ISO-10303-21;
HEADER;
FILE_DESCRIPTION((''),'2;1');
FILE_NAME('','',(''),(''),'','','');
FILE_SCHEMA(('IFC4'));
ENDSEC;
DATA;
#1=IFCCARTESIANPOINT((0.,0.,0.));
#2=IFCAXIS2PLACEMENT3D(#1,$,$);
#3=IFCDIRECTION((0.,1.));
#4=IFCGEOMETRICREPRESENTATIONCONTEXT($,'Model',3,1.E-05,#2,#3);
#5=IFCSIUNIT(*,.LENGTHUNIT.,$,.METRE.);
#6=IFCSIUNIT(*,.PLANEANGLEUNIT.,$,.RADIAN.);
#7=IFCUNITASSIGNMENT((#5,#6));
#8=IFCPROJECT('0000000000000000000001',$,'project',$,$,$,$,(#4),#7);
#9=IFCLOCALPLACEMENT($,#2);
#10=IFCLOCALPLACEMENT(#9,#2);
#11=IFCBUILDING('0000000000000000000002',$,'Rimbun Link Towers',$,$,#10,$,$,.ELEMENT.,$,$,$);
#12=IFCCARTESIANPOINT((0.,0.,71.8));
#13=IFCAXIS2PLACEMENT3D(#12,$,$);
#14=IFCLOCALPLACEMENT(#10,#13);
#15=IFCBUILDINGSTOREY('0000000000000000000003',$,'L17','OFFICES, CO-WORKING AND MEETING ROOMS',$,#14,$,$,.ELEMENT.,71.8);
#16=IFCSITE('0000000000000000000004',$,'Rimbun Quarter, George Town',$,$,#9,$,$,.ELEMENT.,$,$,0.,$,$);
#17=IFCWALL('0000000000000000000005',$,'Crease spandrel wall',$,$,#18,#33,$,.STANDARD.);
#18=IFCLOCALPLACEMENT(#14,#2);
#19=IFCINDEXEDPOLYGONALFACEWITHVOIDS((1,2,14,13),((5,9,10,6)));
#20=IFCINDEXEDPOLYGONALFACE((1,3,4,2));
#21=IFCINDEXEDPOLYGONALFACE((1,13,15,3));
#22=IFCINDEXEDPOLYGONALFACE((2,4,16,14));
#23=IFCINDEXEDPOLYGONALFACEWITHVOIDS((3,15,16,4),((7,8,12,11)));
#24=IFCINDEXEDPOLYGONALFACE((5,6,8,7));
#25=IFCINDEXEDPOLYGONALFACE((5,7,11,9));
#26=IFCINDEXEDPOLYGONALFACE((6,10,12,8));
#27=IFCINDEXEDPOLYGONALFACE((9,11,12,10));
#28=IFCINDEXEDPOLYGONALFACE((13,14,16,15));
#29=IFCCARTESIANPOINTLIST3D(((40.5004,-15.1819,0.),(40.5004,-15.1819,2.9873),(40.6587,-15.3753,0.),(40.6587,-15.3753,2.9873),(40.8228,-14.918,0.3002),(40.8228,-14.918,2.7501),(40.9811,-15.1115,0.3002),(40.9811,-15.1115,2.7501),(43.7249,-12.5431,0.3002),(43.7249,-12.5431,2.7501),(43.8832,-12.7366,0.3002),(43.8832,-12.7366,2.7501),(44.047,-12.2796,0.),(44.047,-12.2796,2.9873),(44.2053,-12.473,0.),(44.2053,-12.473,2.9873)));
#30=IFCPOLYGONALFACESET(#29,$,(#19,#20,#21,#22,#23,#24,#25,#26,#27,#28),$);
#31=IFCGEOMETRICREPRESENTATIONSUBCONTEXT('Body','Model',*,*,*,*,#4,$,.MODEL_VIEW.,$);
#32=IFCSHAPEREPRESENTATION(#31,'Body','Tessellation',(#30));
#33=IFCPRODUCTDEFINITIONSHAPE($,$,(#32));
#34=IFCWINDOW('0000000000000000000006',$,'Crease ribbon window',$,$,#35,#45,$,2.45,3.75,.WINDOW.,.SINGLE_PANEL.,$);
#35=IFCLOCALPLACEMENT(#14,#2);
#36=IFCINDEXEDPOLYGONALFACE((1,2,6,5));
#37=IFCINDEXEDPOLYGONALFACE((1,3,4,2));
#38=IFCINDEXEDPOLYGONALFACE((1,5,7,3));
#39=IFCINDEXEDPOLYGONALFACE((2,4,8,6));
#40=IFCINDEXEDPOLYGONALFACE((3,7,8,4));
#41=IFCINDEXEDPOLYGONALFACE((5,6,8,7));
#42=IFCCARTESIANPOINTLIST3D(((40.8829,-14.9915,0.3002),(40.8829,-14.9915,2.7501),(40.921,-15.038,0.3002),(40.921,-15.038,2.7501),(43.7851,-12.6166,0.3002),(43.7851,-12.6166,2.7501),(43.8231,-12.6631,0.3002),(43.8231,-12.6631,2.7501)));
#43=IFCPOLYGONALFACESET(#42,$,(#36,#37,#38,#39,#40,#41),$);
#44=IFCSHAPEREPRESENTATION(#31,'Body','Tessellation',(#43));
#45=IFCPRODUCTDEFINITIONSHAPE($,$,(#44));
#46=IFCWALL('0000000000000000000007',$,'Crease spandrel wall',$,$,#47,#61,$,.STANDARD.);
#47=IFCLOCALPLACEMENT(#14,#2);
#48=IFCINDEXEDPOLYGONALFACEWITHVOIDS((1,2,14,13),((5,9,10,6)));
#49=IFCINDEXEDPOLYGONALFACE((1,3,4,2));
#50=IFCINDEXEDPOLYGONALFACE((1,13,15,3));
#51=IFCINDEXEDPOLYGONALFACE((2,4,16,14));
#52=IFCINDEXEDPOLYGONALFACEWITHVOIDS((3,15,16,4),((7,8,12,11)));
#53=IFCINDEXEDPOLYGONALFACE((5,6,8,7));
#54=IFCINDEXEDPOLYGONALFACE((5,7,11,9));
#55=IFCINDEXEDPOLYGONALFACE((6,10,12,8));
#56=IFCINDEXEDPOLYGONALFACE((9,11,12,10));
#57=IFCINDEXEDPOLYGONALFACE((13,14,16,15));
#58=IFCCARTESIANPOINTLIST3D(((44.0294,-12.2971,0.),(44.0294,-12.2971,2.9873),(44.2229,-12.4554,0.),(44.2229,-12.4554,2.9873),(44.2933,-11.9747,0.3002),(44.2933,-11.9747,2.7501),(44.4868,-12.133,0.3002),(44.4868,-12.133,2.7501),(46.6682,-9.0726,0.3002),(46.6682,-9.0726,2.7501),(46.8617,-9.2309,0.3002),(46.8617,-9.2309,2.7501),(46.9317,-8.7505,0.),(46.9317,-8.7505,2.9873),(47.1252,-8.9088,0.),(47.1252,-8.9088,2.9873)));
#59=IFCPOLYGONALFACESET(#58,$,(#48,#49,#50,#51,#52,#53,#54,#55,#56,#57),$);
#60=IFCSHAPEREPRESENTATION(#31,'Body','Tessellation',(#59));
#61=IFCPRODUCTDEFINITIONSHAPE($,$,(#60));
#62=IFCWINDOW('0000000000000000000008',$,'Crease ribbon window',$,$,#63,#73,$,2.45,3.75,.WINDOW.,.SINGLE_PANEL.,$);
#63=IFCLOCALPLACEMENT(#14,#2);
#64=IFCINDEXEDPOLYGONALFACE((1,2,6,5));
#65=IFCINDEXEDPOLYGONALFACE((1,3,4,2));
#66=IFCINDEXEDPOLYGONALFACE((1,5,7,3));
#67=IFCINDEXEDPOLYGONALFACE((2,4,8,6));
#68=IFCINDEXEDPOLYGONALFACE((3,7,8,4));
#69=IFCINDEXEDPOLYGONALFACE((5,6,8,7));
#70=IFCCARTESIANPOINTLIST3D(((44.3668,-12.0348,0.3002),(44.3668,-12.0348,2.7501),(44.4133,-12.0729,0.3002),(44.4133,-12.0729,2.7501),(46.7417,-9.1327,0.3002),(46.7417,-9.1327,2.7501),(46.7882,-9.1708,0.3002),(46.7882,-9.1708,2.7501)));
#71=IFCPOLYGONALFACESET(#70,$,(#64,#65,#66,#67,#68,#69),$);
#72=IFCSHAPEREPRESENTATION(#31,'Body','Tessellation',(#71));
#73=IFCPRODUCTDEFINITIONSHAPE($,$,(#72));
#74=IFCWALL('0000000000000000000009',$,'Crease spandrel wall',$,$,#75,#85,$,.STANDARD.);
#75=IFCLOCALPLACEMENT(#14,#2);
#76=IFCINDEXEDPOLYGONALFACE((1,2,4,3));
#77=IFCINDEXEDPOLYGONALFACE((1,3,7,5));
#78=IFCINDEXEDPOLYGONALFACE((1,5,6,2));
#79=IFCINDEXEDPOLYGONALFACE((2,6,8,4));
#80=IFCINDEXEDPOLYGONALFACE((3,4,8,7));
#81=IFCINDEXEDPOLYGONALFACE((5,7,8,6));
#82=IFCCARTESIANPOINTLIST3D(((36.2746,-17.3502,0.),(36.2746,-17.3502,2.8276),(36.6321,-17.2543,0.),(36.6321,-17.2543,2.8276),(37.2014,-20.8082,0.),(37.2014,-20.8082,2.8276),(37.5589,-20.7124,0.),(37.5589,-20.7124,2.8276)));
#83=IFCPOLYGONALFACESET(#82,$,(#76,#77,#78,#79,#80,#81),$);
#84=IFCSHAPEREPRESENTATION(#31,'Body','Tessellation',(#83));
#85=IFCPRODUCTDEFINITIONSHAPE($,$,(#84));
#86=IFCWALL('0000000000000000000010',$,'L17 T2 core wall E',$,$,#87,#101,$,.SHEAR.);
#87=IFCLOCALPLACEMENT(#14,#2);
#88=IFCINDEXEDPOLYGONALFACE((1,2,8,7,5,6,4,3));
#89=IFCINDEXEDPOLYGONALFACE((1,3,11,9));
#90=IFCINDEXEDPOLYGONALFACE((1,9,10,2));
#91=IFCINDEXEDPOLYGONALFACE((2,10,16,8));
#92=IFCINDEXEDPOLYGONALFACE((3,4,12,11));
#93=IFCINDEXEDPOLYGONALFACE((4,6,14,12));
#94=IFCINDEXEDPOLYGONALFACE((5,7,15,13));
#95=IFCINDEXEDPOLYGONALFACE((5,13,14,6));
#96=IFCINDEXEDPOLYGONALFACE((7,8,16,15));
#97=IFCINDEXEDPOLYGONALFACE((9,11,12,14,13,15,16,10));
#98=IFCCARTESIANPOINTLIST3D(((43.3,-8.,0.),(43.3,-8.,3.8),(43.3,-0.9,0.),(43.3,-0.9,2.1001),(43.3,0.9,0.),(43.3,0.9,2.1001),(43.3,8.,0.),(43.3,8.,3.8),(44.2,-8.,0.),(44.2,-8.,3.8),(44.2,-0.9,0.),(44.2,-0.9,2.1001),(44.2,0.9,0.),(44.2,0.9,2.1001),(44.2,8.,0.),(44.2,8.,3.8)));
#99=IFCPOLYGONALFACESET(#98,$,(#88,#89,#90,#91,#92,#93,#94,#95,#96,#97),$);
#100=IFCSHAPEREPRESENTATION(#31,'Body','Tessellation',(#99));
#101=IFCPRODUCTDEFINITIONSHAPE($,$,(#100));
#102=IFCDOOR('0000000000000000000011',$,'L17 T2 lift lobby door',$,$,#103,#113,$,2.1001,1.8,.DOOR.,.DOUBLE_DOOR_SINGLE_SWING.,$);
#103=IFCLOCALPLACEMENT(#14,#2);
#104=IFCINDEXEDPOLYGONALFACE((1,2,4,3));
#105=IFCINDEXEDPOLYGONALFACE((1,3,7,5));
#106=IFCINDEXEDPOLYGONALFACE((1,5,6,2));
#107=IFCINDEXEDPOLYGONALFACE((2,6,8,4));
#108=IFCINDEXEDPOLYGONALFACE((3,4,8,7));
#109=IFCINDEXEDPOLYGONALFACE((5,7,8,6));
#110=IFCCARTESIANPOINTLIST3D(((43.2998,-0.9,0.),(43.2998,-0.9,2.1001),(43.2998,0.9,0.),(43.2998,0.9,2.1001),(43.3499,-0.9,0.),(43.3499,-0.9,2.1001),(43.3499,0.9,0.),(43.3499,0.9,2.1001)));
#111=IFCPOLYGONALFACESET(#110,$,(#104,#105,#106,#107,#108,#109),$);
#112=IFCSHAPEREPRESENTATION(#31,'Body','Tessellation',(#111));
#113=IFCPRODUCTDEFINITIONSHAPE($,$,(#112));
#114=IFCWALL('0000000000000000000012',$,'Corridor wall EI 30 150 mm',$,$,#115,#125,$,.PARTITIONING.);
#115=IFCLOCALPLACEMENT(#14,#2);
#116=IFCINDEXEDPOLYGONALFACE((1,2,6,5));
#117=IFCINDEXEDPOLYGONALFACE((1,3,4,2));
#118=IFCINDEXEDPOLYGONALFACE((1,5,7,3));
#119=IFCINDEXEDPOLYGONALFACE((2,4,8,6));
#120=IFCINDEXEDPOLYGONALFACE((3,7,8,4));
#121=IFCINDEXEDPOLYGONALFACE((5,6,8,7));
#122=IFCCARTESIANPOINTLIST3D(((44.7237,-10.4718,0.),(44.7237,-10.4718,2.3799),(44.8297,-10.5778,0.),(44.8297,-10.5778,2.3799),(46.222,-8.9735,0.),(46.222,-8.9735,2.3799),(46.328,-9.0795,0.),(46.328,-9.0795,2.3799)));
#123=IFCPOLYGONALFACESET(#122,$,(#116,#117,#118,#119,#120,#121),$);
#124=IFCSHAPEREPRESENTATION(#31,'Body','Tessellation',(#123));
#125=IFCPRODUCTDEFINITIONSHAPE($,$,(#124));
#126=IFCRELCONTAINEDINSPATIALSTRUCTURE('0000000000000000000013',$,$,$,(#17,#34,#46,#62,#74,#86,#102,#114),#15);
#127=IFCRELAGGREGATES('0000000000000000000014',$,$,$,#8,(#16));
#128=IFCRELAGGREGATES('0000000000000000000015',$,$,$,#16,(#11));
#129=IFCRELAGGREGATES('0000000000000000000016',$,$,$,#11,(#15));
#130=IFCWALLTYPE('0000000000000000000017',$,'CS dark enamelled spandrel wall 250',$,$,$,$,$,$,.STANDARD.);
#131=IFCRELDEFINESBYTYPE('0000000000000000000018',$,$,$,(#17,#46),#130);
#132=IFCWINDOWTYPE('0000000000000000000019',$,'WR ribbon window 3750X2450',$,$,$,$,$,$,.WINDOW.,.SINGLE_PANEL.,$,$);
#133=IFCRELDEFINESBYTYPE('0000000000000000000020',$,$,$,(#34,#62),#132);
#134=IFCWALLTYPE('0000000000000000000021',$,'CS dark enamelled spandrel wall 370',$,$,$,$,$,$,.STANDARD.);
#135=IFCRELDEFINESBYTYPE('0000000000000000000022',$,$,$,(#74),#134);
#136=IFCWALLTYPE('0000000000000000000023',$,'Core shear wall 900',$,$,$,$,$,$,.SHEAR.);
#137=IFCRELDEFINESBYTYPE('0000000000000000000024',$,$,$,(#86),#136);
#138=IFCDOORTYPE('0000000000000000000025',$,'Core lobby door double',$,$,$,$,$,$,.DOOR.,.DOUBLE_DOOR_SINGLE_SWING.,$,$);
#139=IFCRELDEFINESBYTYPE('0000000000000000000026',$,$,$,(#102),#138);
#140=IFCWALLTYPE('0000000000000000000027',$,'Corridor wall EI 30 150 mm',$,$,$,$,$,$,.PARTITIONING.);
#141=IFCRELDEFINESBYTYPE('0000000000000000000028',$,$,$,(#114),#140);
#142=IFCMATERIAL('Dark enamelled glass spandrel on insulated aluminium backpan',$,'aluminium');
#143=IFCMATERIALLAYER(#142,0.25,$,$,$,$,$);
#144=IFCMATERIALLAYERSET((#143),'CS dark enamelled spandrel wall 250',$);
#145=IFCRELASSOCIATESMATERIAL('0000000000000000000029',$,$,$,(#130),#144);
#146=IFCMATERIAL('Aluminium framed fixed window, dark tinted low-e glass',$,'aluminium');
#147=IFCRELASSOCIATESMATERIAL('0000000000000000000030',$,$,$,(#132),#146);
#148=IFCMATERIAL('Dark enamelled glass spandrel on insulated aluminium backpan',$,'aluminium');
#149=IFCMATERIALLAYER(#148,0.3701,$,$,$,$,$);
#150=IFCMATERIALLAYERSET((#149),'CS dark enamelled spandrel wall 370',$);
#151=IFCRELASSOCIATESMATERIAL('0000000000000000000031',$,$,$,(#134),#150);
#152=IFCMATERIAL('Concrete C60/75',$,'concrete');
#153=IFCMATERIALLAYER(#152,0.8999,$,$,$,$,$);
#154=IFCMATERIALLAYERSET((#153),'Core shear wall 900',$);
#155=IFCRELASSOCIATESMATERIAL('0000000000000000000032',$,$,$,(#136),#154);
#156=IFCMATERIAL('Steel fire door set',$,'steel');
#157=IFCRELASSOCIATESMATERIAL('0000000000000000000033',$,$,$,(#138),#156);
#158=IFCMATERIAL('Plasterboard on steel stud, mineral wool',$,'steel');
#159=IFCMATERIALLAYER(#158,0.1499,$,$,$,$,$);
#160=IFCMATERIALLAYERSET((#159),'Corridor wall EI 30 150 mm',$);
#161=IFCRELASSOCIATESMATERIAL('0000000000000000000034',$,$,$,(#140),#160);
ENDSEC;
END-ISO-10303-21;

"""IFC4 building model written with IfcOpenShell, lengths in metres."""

from ifc_helpers import new_model, si_unit, direction, frame, frame_2d, origin, place, context, subcontext, project, spatial, rectangle, extrude, material, layer, layer_set, type_object, element, fill, save


model = new_model("IFC4")

# Units and contexts
model_context = context("Model", 3, precision=1e-05, world=origin(), true_north=direction((0.0, 1.0)))
body_context = subcontext(model_context, "Body", "Model", "MODEL_VIEW")
ifc_project = project(units=[si_unit("LENGTHUNIT", "METRE"), si_unit("PLANEANGLEUNIT", "RADIAN")], contexts=[model_context])

# Site, building, storey
site_placement = place(None, origin())
site = spatial("IfcSite", under=ifc_project, at=site_placement, Name="Rimbun Quarter, George Town", CompositionType="ELEMENT", RefElevation=0.0)
building_placement = place(site_placement, origin())
building = spatial("IfcBuilding", under=site, at=building_placement, Name="Rimbun Link Towers", CompositionType="ELEMENT")
storey_placement = place(building_placement, frame((0.0, 0.0, 71.8)))
storey = spatial("IfcBuildingStorey", under=building, at=storey_placement, Name="L17", Description="OFFICES, CO-WORKING AND MEETING ROOMS", CompositionType="ELEMENT", Elevation=71.8)

# Walls, openings, windows
ifc_material_1 = material(Name="Dark enamelled glass spandrel on insulated aluminium backpan", Category="aluminium")
ifc_layer_1 = layer(ifc_material_1, 0.25)
ifc_layer_set_1 = layer_set([ifc_layer_1], Name="CS dark enamelled spandrel wall 250")
wall_type_1 = type_object("IfcWallType", Name="CS dark enamelled spandrel wall 250", PredefinedType="STANDARD", material=ifc_layer_set_1)
wall_1_placement = place(storey_placement, frame((44.1262, -12.3762, 0.0), z_axis=(0.0, 0.0, 1.0), x_axis=(-0.773898, -0.63331, 0.0)))
wall_1 = element("IfcWall", 1, at=wall_1_placement, inside=storey, type_object=wall_type_1, Name="Crease spandrel wall", PredefinedType="STANDARD", context=body_context, shape_type="SweptSolid", body=[
    extrude(rectangle(XDim=4.5828, YDim=0.25, at=frame_2d((2.2915, 0.0))), origin(), (0.0, 0.0, 1.0), 2.9873),
])
opening_1_placement = place(wall_1_placement, frame((0.4163, 0.0, 0.3)))
opening_1 = element("IfcOpeningElement", 2, at=opening_1_placement, cuts=wall_1, PredefinedType="OPENING", context=body_context, shape_type="SweptSolid", body=[
    extrude(rectangle(XDim=3.75, YDim=2.45, at=frame_2d((1.875, 1.2251))), frame((0.0, 0.135, 0.0), z_axis=(0.0, -1.0, 0.0), x_axis=(1.0, 0.0, 0.0)), (0.0, 0.0, 1.0), 0.27),
])
ifc_material_2 = material(Name="Aluminium framed fixed window, dark tinted low-e glass", Category="aluminium")
window_type_1 = type_object("IfcWindowType", Name="WR ribbon window 3750X2450", PartitioningType="SINGLE_PANEL", PredefinedType="WINDOW", material=ifc_material_2)
window_1_placement = place(opening_1_placement, origin())
window_1 = element("IfcWindow", 3, at=window_1_placement, inside=storey, type_object=window_type_1, Name="Crease ribbon window", OverallHeight=2.45, OverallWidth=3.75, PartitioningType="SINGLE_PANEL", PredefinedType="WINDOW", context=body_context, shape_type="SweptSolid", body=[
    extrude(rectangle(XDim=3.75, YDim=2.45, at=frame_2d((1.875, 1.2251))), frame((0.0, 0.03, 0.0), z_axis=(0.0, -1.0, 0.0), x_axis=(1.0, 0.0, 0.0)), (0.0, 0.0, 1.0), 0.0601),
])
fill(opening_1, window_1)
wall_2_placement = place(storey_placement, frame((47.0286, -8.8296, 0.0), z_axis=(0.0, 0.0, 1.0), x_axis=(-0.63331, -0.773898, 0.0)))
wall_2 = element("IfcWall", 4, at=wall_2_placement, inside=storey, type_object=wall_type_1, Name="Crease spandrel wall", PredefinedType="STANDARD", context=body_context, shape_type="SweptSolid", body=[
    extrude(rectangle(XDim=4.5828, YDim=0.25, at=frame_2d((2.2915, 0.0))), origin(), (0.0, 0.0, 1.0), 2.9873),
])
opening_2_placement = place(wall_2_placement, frame((0.4163, 0.0, 0.3)))
opening_2 = element("IfcOpeningElement", 5, at=opening_2_placement, cuts=wall_2, PredefinedType="OPENING", context=body_context, shape_type="SweptSolid", body=[
    extrude(rectangle(XDim=3.75, YDim=2.45, at=frame_2d((1.875, 1.2251))), frame((0.0, 0.135, 0.0), z_axis=(0.0, -1.0, 0.0), x_axis=(1.0, 0.0, 0.0)), (0.0, 0.0, 1.0), 0.27),
])
window_2_placement = place(opening_2_placement, origin())
window_2 = element("IfcWindow", 6, at=window_2_placement, inside=storey, type_object=window_type_1, Name="Crease ribbon window", OverallHeight=2.45, OverallWidth=3.75, PartitioningType="SINGLE_PANEL", PredefinedType="WINDOW", context=body_context, shape_type="SweptSolid", body=[
    extrude(rectangle(XDim=3.75, YDim=2.45, at=frame_2d((1.875, 1.2251))), frame((0.0, 0.03, 0.0), z_axis=(0.0, -1.0, 0.0), x_axis=(1.0, 0.0, 0.0)), (0.0, 0.0, 1.0), 0.0601),
])
fill(opening_2, window_2)

# Wall
ifc_material_3 = material(Name="Dark enamelled glass spandrel on insulated aluminium backpan", Category="aluminium")
ifc_layer_2 = layer(ifc_material_3, 0.3701)
ifc_layer_set_2 = layer_set([ifc_layer_2], Name="CS dark enamelled spandrel wall 370")
wall_type_2 = type_object("IfcWallType", Name="CS dark enamelled spandrel wall 370", PredefinedType="STANDARD", material=ifc_layer_set_2)
wall_3_placement = place(storey_placement, frame((36.4534, -17.3022, 0.0), z_axis=(0.0, 0.0, 1.0), x_axis=(0.258868, -0.965913, 0.0)))
element("IfcWall", 7, at=wall_3_placement, inside=storey, type_object=wall_type_2, Name="Crease spandrel wall", PredefinedType="STANDARD", context=body_context, shape_type="SweptSolid", body=[
    extrude(rectangle(XDim=3.5801, YDim=0.3701, at=frame_2d((1.79, 0.0))), origin(), (0.0, 0.0, 1.0), 2.8276),
])

# Wall, opening, door
ifc_material_4 = material(Name="Concrete C60/75", Category="concrete")
ifc_layer_3 = layer(ifc_material_4, 0.8999)
ifc_layer_set_3 = layer_set([ifc_layer_3], Name="Core shear wall 900")
wall_type_3 = type_object("IfcWallType", Name="Core shear wall 900", PredefinedType="SHEAR", material=ifc_layer_set_3)
wall_4_placement = place(storey_placement, frame((43.75, -8.0, 0.0), z_axis=(0.0, 0.0, 1.0), x_axis=(0.0, 1.0, 0.0)))
wall_4 = element("IfcWall", 8, at=wall_4_placement, inside=storey, type_object=wall_type_3, Name="L17 T2 core wall E", PredefinedType="SHEAR", context=body_context, shape_type="SweptSolid", body=[
    extrude(rectangle(XDim=16.0, YDim=0.8999, at=frame_2d((8.0, 0.0))), origin(), (0.0, 0.0, 1.0), 3.8),
])
opening_3_placement = place(wall_4_placement, frame((7.1001, 0.0, 0.0)))
opening_3 = element("IfcOpeningElement", 9, at=opening_3_placement, cuts=wall_4, PredefinedType="OPENING", context=body_context, shape_type="SweptSolid", body=[
    extrude(rectangle(XDim=1.8, YDim=2.1001, at=frame_2d((0.8999, 1.05))), frame((0.0, 0.46, 0.0), z_axis=(0.0, -1.0, 0.0), x_axis=(1.0, 0.0, 0.0)), (0.0, 0.0, 1.0), 0.9199),
])
ifc_material_5 = material(Name="Steel fire door set", Category="steel")
door_type_1 = type_object("IfcDoorType", Name="Core lobby door double", OperationType="DOUBLE_DOOR_SINGLE_SWING", PredefinedType="DOOR", material=ifc_material_5)
door_1_placement = place(opening_3_placement, origin())
door_1 = element("IfcDoor", 10, at=door_1_placement, inside=storey, type_object=door_type_1, Name="L17 T2 lift lobby door", OperationType="DOUBLE_DOOR_SINGLE_SWING", OverallHeight=2.1001, OverallWidth=1.8, PredefinedType="DOOR", context=body_context, shape_type="SweptSolid", body=[
    extrude(rectangle(XDim=1.8, YDim=2.1001, at=frame_2d((0.8999, 1.05))), frame((0.0, 0.4502, 0.0), z_axis=(0.0, -1.0, 0.0), x_axis=(1.0, 0.0, 0.0)), (0.0, 0.0, 1.0), 0.05),
])
fill(opening_3, door_1)

# Wall
ifc_material_6 = material(Name="Plasterboard on steel stud, mineral wool", Category="steel")
ifc_layer_4 = layer(ifc_material_6, 0.1499)
ifc_layer_set_4 = layer_set([ifc_layer_4], Name="Corridor wall EI 30 150 mm")
wall_type_4 = type_object("IfcWallType", Name="Corridor wall EI 30 150 mm", PredefinedType="PARTITIONING", material=ifc_layer_set_4)
wall_5_placement = place(storey_placement, frame((44.7766, -10.5249, 0.0), z_axis=(0.0, 0.0, 1.0), x_axis=(0.707107, 0.707107, 0.0)))
element("IfcWall", 11, at=wall_5_placement, inside=storey, type_object=wall_type_4, Name="Corridor wall EI 30 150 mm", PredefinedType="PARTITIONING", context=body_context, shape_type="SweptSolid", body=[
    extrude(rectangle(XDim=2.1189, YDim=0.1499, at=frame_2d((1.0596, 0.0))), origin(), (0.0, 0.0, 1.0), 2.3799),
])

save(model, "model.ifc")
